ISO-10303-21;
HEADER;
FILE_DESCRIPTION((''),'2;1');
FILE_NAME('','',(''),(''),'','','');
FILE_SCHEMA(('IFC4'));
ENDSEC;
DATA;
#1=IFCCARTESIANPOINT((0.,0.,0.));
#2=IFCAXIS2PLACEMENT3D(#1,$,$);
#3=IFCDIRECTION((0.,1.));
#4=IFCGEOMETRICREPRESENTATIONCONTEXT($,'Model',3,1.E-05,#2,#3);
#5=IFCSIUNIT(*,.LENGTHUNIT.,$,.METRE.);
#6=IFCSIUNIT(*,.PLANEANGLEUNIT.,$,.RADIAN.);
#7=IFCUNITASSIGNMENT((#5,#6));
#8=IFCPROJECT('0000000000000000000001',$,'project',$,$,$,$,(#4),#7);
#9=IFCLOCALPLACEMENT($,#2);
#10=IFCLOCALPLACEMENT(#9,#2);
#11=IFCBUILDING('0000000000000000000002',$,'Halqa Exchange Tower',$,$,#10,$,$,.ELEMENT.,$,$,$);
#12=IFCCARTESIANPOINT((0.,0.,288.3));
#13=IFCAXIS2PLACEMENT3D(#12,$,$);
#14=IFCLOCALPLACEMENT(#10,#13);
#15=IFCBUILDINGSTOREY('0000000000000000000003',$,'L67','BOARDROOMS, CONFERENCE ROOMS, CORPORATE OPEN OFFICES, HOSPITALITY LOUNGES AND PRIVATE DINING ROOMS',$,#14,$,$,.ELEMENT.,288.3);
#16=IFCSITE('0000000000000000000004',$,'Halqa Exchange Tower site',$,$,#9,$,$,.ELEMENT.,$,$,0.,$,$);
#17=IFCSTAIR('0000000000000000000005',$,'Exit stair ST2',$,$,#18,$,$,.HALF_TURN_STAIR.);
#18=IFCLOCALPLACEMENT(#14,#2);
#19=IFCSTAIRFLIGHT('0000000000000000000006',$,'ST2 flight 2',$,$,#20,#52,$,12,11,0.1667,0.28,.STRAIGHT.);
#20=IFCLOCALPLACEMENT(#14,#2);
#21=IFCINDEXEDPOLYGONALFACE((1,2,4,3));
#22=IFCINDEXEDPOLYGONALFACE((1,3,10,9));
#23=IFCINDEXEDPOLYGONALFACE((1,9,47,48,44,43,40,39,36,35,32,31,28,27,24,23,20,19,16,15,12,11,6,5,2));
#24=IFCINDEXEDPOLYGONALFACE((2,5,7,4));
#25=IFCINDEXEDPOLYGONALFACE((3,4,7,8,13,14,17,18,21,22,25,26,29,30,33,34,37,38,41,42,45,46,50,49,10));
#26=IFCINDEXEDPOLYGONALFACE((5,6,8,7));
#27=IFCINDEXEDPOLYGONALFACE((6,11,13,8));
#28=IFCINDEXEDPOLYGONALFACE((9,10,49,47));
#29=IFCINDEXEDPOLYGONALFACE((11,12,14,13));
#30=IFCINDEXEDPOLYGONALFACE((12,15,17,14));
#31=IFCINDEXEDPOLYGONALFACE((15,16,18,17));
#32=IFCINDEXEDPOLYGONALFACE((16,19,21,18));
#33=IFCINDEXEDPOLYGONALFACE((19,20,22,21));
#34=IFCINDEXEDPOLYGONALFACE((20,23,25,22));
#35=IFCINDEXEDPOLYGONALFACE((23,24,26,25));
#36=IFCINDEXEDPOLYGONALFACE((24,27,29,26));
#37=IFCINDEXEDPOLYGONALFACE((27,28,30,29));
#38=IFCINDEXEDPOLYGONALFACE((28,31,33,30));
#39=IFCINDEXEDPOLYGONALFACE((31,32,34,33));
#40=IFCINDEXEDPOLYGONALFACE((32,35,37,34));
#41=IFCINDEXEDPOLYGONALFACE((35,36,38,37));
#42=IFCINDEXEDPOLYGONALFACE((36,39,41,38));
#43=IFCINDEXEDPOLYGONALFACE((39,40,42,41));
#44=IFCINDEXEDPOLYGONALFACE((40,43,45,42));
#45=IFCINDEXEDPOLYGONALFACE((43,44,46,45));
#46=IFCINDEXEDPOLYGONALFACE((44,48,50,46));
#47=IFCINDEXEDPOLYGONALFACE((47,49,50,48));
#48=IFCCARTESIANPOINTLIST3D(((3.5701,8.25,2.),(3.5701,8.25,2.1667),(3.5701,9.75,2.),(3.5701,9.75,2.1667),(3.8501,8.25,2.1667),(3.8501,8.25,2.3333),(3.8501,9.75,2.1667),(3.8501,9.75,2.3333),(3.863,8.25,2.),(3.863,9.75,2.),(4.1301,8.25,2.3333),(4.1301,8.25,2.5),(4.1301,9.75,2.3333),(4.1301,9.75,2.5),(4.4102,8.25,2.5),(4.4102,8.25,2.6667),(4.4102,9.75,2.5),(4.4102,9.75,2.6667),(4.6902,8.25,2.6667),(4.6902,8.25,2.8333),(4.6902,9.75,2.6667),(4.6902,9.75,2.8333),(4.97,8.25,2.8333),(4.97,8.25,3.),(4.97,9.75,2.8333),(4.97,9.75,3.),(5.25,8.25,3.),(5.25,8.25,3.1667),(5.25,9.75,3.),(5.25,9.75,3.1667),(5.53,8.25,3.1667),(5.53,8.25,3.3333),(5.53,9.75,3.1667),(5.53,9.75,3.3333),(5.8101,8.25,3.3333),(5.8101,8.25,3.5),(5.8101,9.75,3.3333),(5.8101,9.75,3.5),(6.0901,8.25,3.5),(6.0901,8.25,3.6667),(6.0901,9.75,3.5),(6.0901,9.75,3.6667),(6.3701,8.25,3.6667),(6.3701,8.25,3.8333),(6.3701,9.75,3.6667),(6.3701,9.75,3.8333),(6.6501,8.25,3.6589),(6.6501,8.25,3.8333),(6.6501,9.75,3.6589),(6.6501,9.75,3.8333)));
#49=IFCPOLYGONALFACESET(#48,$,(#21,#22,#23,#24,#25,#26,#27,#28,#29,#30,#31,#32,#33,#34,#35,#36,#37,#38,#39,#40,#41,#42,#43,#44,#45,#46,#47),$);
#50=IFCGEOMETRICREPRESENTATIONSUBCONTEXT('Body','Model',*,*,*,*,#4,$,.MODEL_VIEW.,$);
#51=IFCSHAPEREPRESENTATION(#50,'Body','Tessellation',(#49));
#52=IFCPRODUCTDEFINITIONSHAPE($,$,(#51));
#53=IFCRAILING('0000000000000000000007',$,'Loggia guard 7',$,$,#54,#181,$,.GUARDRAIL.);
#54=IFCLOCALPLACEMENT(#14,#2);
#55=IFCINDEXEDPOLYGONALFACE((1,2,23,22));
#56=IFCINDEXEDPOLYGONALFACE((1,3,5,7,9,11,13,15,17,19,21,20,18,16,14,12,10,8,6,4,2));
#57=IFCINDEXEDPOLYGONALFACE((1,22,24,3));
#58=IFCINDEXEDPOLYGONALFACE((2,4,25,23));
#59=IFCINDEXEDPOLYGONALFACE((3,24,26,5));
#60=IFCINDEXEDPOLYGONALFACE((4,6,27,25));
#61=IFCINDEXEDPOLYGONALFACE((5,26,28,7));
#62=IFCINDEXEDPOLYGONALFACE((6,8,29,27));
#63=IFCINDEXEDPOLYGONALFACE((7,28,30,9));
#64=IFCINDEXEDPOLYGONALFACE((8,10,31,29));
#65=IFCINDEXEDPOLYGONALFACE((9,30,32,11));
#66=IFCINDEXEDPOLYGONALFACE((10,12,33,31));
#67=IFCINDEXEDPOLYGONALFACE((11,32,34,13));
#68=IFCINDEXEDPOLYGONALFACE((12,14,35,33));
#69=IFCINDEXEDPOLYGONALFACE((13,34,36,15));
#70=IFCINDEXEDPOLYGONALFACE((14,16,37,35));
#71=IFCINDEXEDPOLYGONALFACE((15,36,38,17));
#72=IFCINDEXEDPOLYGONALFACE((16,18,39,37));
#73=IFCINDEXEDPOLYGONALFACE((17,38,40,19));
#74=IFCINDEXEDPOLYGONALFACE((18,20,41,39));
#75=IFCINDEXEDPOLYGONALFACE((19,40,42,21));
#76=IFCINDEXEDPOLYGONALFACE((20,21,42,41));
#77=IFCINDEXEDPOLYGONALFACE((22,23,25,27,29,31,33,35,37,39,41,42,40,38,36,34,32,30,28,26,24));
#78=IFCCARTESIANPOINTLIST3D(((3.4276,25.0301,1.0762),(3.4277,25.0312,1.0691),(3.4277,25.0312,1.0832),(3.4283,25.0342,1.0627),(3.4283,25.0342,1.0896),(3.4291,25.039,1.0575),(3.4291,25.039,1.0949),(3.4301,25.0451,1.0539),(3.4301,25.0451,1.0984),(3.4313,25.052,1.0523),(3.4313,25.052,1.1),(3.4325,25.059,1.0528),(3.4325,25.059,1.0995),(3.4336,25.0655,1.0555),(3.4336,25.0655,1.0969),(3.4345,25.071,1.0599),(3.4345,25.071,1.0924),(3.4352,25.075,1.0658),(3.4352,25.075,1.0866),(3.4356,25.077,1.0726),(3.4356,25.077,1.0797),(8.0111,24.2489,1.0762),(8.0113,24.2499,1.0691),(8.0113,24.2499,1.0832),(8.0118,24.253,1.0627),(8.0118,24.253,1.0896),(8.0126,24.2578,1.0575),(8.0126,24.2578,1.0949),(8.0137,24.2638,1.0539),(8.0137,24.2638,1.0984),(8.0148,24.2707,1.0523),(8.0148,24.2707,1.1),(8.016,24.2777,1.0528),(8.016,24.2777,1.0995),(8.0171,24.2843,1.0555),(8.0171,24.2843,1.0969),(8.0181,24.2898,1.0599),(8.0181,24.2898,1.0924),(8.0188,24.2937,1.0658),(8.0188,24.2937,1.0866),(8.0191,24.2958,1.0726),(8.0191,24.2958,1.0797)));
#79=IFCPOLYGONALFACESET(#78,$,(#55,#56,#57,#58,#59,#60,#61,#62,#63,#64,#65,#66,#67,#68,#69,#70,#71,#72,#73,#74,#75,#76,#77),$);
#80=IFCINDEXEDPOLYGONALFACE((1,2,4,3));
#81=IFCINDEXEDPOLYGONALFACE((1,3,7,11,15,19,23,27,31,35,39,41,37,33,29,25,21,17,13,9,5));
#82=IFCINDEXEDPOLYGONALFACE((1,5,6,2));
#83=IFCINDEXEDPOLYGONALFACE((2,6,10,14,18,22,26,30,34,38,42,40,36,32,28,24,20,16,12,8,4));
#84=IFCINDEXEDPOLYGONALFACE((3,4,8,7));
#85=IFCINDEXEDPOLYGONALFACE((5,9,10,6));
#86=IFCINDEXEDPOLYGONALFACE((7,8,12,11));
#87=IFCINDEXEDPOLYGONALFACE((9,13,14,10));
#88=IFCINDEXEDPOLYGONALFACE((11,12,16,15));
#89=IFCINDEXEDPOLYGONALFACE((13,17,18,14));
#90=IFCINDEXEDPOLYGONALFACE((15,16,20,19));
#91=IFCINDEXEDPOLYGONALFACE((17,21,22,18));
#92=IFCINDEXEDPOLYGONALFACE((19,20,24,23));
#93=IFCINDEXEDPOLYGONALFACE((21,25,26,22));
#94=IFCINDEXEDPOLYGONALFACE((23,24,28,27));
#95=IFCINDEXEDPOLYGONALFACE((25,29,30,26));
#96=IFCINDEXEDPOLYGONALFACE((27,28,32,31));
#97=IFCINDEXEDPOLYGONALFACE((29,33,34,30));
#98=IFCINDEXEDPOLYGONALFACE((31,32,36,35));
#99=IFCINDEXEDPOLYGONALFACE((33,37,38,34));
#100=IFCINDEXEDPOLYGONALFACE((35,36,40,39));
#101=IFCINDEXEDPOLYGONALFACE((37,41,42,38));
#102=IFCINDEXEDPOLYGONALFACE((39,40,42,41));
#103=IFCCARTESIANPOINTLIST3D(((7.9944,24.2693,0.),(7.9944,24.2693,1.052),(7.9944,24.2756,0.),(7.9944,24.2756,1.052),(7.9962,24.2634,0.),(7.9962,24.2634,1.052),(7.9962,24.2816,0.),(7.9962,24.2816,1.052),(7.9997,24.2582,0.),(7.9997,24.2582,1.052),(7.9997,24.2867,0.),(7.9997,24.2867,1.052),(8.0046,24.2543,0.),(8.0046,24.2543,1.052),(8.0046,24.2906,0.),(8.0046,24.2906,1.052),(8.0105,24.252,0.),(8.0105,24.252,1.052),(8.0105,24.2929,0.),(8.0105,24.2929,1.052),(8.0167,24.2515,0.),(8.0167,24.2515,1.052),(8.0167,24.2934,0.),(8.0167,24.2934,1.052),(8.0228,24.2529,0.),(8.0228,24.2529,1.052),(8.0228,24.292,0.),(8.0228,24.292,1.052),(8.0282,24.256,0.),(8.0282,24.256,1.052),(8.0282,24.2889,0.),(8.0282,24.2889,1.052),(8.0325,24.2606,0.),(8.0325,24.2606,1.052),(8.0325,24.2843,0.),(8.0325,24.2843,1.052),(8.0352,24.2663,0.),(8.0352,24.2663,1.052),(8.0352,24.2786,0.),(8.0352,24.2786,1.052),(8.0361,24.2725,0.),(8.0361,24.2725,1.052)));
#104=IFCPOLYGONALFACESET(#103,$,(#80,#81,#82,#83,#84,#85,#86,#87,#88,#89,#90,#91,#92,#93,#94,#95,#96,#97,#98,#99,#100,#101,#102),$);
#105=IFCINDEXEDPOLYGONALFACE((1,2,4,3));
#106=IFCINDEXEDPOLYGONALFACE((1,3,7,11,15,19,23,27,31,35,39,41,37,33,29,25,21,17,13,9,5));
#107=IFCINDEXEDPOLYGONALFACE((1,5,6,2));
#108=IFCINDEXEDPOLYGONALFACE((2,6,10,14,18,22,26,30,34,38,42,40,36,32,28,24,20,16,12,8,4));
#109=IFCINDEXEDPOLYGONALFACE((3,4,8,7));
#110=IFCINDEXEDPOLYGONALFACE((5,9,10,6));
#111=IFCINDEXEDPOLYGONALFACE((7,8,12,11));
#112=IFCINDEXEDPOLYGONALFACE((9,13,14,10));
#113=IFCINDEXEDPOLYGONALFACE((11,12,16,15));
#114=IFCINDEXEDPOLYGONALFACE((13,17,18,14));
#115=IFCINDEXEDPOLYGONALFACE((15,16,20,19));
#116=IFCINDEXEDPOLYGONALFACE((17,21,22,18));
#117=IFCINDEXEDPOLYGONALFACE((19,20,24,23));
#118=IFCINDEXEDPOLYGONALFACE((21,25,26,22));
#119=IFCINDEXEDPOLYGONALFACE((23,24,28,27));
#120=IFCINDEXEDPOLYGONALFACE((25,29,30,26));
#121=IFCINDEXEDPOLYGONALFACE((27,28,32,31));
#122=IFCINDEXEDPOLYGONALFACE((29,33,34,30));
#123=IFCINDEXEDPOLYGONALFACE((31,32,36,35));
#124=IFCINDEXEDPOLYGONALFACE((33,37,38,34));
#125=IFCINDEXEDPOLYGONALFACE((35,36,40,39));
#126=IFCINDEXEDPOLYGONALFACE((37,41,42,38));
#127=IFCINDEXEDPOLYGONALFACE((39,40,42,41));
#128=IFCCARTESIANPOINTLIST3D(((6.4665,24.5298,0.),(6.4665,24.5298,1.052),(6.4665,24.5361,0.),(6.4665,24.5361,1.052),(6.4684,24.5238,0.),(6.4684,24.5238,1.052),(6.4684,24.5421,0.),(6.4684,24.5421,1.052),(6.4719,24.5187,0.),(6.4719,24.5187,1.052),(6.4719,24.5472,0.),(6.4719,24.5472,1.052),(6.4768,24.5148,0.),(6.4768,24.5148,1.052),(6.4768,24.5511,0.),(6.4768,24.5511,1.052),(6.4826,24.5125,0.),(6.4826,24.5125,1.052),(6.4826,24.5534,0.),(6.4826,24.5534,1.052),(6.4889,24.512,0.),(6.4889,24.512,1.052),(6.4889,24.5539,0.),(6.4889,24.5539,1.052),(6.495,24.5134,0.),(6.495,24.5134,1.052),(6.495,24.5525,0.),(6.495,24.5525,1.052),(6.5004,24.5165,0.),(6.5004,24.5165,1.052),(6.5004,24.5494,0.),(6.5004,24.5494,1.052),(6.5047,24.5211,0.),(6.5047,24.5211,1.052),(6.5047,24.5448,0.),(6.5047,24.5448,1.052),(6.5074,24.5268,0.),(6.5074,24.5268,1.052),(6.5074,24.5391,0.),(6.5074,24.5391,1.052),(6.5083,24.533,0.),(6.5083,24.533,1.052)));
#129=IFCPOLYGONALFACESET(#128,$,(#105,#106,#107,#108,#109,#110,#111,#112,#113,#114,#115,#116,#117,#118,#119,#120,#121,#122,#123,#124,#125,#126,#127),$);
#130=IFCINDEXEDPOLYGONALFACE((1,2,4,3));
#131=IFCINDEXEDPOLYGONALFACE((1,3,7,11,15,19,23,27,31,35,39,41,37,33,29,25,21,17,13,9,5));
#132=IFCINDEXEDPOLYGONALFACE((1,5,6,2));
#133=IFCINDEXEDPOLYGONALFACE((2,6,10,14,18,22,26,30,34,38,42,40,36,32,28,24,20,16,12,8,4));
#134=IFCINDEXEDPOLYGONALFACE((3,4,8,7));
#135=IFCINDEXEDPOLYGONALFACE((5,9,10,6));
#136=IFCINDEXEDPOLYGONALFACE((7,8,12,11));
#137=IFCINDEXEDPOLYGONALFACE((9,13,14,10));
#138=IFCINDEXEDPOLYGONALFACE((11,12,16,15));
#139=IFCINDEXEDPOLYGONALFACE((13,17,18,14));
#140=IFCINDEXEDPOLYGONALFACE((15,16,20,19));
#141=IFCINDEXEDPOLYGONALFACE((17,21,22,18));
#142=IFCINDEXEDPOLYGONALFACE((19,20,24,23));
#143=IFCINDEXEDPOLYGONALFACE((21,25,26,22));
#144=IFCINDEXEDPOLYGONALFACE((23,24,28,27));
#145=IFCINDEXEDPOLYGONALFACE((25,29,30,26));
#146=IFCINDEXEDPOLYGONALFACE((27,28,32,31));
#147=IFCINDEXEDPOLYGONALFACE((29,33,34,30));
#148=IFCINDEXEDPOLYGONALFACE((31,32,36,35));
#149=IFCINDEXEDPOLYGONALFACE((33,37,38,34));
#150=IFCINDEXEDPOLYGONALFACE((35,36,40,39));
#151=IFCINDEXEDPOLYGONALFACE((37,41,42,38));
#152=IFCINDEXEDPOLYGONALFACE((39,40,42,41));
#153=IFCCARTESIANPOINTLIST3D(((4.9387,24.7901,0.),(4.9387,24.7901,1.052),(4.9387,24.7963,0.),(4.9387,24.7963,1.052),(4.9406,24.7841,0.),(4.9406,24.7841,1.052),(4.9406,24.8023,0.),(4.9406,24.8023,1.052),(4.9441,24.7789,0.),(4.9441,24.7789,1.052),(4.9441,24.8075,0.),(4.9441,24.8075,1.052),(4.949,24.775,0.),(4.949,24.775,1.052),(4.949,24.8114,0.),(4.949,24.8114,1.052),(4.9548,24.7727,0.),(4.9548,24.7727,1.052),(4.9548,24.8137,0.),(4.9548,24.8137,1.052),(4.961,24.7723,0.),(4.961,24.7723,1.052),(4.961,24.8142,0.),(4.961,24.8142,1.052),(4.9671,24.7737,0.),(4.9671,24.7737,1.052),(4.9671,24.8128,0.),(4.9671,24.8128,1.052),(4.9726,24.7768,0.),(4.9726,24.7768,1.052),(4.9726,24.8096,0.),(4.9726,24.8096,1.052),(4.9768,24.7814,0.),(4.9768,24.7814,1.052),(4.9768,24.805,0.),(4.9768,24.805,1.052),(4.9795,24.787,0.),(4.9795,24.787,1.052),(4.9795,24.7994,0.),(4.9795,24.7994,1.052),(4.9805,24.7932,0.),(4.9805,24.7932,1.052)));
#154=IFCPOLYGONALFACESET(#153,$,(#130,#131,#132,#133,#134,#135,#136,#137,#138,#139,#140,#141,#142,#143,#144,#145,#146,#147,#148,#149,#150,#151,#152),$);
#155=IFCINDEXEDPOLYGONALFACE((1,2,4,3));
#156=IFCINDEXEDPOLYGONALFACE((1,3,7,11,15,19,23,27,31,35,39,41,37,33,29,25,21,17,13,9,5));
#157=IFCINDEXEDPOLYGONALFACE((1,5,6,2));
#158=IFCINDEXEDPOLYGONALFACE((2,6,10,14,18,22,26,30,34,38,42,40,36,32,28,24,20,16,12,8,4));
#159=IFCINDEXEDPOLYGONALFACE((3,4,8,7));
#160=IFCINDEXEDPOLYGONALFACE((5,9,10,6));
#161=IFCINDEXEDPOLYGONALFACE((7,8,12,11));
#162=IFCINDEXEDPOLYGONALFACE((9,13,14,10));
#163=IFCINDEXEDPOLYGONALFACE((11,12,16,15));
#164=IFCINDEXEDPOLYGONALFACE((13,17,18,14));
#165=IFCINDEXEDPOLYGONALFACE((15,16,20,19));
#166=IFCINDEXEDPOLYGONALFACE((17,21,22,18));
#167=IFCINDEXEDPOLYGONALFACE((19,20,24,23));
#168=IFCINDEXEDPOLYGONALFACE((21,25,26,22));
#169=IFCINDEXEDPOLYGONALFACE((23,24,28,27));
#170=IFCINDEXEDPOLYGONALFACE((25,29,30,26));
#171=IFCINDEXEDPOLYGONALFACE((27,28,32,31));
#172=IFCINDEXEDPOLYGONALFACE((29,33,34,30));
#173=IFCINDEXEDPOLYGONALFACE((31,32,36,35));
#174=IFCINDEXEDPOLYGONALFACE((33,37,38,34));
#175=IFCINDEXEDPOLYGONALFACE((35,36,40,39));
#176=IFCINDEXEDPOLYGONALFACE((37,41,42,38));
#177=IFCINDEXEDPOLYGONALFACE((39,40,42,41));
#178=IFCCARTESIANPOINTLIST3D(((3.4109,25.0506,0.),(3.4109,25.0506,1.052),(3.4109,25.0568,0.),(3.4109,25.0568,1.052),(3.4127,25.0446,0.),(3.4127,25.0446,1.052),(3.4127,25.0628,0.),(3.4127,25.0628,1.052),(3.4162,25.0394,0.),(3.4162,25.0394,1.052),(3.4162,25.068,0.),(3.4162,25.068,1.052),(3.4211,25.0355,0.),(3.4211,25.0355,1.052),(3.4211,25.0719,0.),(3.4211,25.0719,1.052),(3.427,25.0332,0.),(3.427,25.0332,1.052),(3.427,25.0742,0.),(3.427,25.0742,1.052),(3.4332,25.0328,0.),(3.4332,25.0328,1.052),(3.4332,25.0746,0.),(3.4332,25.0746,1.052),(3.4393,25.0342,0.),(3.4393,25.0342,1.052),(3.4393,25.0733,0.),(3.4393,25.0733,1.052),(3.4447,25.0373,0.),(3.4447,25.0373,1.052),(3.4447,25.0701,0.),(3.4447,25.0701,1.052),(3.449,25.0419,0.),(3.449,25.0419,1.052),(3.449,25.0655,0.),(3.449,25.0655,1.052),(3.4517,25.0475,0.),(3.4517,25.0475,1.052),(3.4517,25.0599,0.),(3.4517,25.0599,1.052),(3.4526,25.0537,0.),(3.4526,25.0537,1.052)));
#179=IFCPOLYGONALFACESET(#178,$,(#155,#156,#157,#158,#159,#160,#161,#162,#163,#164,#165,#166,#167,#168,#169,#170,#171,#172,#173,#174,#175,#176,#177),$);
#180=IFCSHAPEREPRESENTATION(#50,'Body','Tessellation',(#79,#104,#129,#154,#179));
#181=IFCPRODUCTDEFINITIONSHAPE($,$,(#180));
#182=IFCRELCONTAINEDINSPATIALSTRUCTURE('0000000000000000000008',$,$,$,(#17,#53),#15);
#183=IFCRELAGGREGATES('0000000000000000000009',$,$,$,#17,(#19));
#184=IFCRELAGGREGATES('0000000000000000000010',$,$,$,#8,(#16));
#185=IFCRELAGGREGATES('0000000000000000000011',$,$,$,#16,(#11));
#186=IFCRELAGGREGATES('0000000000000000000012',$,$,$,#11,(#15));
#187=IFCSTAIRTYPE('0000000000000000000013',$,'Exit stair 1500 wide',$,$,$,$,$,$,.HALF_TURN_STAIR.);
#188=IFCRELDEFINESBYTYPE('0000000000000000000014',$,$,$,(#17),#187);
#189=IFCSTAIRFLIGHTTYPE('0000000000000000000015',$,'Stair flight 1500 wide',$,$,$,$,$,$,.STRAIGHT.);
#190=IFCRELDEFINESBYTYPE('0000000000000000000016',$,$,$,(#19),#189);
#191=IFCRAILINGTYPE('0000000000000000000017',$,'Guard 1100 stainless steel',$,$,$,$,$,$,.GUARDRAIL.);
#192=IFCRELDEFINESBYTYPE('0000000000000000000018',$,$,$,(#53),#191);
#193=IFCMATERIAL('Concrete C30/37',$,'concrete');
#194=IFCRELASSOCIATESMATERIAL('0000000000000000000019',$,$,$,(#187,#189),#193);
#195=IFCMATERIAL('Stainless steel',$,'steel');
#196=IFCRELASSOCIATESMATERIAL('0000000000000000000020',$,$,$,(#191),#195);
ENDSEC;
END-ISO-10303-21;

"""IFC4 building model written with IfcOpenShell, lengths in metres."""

from ifc_helpers import new_model, si_unit, direction, frame, origin, origin_2d, place, context, subcontext, project, spatial, polyline, circle, outline, extrude, material, type_object, element, aggregate, save


model = new_model("IFC4")

# Units and contexts
model_context = context("Model", 3, precision=1e-05, world=origin(), true_north=direction((0.0, 1.0)))
body_context = subcontext(model_context, "Body", "Model", "MODEL_VIEW")
ifc_project = project(units=[si_unit("LENGTHUNIT", "METRE"), si_unit("PLANEANGLEUNIT", "RADIAN")], contexts=[model_context])

# Site, building, storey
site_placement = place(None, origin())
site = spatial("IfcSite", under=ifc_project, at=site_placement, Name="Halqa Exchange Tower site", CompositionType="ELEMENT", RefElevation=0.0)
building_placement = place(site_placement, origin())
building = spatial("IfcBuilding", under=site, at=building_placement, Name="Halqa Exchange Tower", CompositionType="ELEMENT")
storey_placement = place(building_placement, frame((0.0, 0.0, 288.3)))
storey = spatial("IfcBuildingStorey", under=building, at=storey_placement, Name="L67", Description="BOARDROOMS, CONFERENCE ROOMS, CORPORATE OPEN OFFICES, HOSPITALITY LOUNGES AND PRIVATE DINING ROOMS", CompositionType="ELEMENT", Elevation=288.3)

# Stair
ifc_material_1 = material(Name="Concrete C30/37", Category="concrete")
stair_type = type_object("IfcStairType", Name="Exit stair 1500 wide", PredefinedType="HALF_TURN_STAIR", material=ifc_material_1)
stair_1_placement = place(storey_placement, origin())
stair_1 = element("IfcStair", 1, at=stair_1_placement, inside=storey, type_object=stair_type, Name="Exit stair ST2", PredefinedType="HALF_TURN_STAIR")

# Stair flight
stair_flight_type = type_object("IfcStairFlightType", Name="Stair flight 1500 wide", PredefinedType="STRAIGHT", material=ifc_material_1)
stair_flight_1_placement = place(storey_placement, frame((3.5701, 9.0, 2.0), z_axis=(0.0, 0.0, 1.0), x_axis=(1.0, 0.0, 0.0)))
stair_flight_1 = element("IfcStairFlight", 2, at=stair_flight_1_placement, type_object=stair_flight_type, Name="ST2 flight 2", NumberOfRisers=12, NumberOfTreads=11, PredefinedType="STRAIGHT", RiserHeight=0.1667, TreadLength=0.28, context=body_context, shape_type="SweptSolid", body=[
    extrude(outline(polyline([(0.0, 0.0), (0.0, 0.1667), (0.28, 0.1667), (0.28, 0.3333), (0.5601, 0.3333), (0.5601, 0.5), (0.8401, 0.5), (0.8401, 0.6667), (1.1201, 0.6667), (1.1201, 0.8333), (1.3999, 0.8333), (1.3999, 1.0), (1.6799, 1.0), (1.6799, 1.1667), (1.96, 1.1667), (1.96, 1.3333), (2.24, 1.3333), (2.24, 1.5), (2.52, 1.5), (2.52, 1.6667), (2.8, 1.6667), (2.8, 1.8333), (3.0801, 1.8333), (3.0801, 2.0), (3.0801, 1.6589), (0.293, 0.0), (0.0, 0.0)])), frame((0.0, 0.75, 0.0), z_axis=(0.0, -1.0, 0.0), x_axis=(1.0, 0.0, 0.0)), (0.0, 0.0, 1.0), 1.5),
])
aggregate(stair_1, [stair_flight_1])

# Railing
ifc_material_2 = material(Name="Stainless steel", Category="steel")
railing_type_1 = type_object("IfcRailingType", Name="Guard 1100 stainless steel", PredefinedType="GUARDRAIL", material=ifc_material_2)
railing_1_placement = place(storey_placement, frame((8.0151, 24.2725, 0.0)))
element("IfcRailing", 3, at=railing_1_placement, inside=storey, type_object=railing_type_1, Name="Loggia guard 7", PredefinedType="GUARDRAIL", context=body_context, shape_type="SweptSolid", body=[
    extrude(circle(Radius=0.0239, at=origin_2d()), frame((0.0, 0.0, 1.0762), z_axis=(-0.985783, 0.168025, 0.0), x_axis=(-0.168025, -0.985783, 0.0)), (0.0, 0.0, 1.0), 4.6497),
    extrude(circle(Radius=0.021, at=origin_2d()), origin(), (0.0, 0.0, 1.0), 1.052),
    extrude(circle(Radius=0.021, at=origin_2d()), frame((-1.5278, 0.2605, 0.0)), (0.0, 0.0, 1.0), 1.052),
    extrude(circle(Radius=0.021, at=origin_2d()), frame((-3.0557, 0.5208, 0.0)), (0.0, 0.0, 1.0), 1.052),
    extrude(circle(Radius=0.021, at=origin_2d()), frame((-4.5835, 0.7812, 0.0)), (0.0, 0.0, 1.0), 1.052),
])

save(model, "model.ifc")
